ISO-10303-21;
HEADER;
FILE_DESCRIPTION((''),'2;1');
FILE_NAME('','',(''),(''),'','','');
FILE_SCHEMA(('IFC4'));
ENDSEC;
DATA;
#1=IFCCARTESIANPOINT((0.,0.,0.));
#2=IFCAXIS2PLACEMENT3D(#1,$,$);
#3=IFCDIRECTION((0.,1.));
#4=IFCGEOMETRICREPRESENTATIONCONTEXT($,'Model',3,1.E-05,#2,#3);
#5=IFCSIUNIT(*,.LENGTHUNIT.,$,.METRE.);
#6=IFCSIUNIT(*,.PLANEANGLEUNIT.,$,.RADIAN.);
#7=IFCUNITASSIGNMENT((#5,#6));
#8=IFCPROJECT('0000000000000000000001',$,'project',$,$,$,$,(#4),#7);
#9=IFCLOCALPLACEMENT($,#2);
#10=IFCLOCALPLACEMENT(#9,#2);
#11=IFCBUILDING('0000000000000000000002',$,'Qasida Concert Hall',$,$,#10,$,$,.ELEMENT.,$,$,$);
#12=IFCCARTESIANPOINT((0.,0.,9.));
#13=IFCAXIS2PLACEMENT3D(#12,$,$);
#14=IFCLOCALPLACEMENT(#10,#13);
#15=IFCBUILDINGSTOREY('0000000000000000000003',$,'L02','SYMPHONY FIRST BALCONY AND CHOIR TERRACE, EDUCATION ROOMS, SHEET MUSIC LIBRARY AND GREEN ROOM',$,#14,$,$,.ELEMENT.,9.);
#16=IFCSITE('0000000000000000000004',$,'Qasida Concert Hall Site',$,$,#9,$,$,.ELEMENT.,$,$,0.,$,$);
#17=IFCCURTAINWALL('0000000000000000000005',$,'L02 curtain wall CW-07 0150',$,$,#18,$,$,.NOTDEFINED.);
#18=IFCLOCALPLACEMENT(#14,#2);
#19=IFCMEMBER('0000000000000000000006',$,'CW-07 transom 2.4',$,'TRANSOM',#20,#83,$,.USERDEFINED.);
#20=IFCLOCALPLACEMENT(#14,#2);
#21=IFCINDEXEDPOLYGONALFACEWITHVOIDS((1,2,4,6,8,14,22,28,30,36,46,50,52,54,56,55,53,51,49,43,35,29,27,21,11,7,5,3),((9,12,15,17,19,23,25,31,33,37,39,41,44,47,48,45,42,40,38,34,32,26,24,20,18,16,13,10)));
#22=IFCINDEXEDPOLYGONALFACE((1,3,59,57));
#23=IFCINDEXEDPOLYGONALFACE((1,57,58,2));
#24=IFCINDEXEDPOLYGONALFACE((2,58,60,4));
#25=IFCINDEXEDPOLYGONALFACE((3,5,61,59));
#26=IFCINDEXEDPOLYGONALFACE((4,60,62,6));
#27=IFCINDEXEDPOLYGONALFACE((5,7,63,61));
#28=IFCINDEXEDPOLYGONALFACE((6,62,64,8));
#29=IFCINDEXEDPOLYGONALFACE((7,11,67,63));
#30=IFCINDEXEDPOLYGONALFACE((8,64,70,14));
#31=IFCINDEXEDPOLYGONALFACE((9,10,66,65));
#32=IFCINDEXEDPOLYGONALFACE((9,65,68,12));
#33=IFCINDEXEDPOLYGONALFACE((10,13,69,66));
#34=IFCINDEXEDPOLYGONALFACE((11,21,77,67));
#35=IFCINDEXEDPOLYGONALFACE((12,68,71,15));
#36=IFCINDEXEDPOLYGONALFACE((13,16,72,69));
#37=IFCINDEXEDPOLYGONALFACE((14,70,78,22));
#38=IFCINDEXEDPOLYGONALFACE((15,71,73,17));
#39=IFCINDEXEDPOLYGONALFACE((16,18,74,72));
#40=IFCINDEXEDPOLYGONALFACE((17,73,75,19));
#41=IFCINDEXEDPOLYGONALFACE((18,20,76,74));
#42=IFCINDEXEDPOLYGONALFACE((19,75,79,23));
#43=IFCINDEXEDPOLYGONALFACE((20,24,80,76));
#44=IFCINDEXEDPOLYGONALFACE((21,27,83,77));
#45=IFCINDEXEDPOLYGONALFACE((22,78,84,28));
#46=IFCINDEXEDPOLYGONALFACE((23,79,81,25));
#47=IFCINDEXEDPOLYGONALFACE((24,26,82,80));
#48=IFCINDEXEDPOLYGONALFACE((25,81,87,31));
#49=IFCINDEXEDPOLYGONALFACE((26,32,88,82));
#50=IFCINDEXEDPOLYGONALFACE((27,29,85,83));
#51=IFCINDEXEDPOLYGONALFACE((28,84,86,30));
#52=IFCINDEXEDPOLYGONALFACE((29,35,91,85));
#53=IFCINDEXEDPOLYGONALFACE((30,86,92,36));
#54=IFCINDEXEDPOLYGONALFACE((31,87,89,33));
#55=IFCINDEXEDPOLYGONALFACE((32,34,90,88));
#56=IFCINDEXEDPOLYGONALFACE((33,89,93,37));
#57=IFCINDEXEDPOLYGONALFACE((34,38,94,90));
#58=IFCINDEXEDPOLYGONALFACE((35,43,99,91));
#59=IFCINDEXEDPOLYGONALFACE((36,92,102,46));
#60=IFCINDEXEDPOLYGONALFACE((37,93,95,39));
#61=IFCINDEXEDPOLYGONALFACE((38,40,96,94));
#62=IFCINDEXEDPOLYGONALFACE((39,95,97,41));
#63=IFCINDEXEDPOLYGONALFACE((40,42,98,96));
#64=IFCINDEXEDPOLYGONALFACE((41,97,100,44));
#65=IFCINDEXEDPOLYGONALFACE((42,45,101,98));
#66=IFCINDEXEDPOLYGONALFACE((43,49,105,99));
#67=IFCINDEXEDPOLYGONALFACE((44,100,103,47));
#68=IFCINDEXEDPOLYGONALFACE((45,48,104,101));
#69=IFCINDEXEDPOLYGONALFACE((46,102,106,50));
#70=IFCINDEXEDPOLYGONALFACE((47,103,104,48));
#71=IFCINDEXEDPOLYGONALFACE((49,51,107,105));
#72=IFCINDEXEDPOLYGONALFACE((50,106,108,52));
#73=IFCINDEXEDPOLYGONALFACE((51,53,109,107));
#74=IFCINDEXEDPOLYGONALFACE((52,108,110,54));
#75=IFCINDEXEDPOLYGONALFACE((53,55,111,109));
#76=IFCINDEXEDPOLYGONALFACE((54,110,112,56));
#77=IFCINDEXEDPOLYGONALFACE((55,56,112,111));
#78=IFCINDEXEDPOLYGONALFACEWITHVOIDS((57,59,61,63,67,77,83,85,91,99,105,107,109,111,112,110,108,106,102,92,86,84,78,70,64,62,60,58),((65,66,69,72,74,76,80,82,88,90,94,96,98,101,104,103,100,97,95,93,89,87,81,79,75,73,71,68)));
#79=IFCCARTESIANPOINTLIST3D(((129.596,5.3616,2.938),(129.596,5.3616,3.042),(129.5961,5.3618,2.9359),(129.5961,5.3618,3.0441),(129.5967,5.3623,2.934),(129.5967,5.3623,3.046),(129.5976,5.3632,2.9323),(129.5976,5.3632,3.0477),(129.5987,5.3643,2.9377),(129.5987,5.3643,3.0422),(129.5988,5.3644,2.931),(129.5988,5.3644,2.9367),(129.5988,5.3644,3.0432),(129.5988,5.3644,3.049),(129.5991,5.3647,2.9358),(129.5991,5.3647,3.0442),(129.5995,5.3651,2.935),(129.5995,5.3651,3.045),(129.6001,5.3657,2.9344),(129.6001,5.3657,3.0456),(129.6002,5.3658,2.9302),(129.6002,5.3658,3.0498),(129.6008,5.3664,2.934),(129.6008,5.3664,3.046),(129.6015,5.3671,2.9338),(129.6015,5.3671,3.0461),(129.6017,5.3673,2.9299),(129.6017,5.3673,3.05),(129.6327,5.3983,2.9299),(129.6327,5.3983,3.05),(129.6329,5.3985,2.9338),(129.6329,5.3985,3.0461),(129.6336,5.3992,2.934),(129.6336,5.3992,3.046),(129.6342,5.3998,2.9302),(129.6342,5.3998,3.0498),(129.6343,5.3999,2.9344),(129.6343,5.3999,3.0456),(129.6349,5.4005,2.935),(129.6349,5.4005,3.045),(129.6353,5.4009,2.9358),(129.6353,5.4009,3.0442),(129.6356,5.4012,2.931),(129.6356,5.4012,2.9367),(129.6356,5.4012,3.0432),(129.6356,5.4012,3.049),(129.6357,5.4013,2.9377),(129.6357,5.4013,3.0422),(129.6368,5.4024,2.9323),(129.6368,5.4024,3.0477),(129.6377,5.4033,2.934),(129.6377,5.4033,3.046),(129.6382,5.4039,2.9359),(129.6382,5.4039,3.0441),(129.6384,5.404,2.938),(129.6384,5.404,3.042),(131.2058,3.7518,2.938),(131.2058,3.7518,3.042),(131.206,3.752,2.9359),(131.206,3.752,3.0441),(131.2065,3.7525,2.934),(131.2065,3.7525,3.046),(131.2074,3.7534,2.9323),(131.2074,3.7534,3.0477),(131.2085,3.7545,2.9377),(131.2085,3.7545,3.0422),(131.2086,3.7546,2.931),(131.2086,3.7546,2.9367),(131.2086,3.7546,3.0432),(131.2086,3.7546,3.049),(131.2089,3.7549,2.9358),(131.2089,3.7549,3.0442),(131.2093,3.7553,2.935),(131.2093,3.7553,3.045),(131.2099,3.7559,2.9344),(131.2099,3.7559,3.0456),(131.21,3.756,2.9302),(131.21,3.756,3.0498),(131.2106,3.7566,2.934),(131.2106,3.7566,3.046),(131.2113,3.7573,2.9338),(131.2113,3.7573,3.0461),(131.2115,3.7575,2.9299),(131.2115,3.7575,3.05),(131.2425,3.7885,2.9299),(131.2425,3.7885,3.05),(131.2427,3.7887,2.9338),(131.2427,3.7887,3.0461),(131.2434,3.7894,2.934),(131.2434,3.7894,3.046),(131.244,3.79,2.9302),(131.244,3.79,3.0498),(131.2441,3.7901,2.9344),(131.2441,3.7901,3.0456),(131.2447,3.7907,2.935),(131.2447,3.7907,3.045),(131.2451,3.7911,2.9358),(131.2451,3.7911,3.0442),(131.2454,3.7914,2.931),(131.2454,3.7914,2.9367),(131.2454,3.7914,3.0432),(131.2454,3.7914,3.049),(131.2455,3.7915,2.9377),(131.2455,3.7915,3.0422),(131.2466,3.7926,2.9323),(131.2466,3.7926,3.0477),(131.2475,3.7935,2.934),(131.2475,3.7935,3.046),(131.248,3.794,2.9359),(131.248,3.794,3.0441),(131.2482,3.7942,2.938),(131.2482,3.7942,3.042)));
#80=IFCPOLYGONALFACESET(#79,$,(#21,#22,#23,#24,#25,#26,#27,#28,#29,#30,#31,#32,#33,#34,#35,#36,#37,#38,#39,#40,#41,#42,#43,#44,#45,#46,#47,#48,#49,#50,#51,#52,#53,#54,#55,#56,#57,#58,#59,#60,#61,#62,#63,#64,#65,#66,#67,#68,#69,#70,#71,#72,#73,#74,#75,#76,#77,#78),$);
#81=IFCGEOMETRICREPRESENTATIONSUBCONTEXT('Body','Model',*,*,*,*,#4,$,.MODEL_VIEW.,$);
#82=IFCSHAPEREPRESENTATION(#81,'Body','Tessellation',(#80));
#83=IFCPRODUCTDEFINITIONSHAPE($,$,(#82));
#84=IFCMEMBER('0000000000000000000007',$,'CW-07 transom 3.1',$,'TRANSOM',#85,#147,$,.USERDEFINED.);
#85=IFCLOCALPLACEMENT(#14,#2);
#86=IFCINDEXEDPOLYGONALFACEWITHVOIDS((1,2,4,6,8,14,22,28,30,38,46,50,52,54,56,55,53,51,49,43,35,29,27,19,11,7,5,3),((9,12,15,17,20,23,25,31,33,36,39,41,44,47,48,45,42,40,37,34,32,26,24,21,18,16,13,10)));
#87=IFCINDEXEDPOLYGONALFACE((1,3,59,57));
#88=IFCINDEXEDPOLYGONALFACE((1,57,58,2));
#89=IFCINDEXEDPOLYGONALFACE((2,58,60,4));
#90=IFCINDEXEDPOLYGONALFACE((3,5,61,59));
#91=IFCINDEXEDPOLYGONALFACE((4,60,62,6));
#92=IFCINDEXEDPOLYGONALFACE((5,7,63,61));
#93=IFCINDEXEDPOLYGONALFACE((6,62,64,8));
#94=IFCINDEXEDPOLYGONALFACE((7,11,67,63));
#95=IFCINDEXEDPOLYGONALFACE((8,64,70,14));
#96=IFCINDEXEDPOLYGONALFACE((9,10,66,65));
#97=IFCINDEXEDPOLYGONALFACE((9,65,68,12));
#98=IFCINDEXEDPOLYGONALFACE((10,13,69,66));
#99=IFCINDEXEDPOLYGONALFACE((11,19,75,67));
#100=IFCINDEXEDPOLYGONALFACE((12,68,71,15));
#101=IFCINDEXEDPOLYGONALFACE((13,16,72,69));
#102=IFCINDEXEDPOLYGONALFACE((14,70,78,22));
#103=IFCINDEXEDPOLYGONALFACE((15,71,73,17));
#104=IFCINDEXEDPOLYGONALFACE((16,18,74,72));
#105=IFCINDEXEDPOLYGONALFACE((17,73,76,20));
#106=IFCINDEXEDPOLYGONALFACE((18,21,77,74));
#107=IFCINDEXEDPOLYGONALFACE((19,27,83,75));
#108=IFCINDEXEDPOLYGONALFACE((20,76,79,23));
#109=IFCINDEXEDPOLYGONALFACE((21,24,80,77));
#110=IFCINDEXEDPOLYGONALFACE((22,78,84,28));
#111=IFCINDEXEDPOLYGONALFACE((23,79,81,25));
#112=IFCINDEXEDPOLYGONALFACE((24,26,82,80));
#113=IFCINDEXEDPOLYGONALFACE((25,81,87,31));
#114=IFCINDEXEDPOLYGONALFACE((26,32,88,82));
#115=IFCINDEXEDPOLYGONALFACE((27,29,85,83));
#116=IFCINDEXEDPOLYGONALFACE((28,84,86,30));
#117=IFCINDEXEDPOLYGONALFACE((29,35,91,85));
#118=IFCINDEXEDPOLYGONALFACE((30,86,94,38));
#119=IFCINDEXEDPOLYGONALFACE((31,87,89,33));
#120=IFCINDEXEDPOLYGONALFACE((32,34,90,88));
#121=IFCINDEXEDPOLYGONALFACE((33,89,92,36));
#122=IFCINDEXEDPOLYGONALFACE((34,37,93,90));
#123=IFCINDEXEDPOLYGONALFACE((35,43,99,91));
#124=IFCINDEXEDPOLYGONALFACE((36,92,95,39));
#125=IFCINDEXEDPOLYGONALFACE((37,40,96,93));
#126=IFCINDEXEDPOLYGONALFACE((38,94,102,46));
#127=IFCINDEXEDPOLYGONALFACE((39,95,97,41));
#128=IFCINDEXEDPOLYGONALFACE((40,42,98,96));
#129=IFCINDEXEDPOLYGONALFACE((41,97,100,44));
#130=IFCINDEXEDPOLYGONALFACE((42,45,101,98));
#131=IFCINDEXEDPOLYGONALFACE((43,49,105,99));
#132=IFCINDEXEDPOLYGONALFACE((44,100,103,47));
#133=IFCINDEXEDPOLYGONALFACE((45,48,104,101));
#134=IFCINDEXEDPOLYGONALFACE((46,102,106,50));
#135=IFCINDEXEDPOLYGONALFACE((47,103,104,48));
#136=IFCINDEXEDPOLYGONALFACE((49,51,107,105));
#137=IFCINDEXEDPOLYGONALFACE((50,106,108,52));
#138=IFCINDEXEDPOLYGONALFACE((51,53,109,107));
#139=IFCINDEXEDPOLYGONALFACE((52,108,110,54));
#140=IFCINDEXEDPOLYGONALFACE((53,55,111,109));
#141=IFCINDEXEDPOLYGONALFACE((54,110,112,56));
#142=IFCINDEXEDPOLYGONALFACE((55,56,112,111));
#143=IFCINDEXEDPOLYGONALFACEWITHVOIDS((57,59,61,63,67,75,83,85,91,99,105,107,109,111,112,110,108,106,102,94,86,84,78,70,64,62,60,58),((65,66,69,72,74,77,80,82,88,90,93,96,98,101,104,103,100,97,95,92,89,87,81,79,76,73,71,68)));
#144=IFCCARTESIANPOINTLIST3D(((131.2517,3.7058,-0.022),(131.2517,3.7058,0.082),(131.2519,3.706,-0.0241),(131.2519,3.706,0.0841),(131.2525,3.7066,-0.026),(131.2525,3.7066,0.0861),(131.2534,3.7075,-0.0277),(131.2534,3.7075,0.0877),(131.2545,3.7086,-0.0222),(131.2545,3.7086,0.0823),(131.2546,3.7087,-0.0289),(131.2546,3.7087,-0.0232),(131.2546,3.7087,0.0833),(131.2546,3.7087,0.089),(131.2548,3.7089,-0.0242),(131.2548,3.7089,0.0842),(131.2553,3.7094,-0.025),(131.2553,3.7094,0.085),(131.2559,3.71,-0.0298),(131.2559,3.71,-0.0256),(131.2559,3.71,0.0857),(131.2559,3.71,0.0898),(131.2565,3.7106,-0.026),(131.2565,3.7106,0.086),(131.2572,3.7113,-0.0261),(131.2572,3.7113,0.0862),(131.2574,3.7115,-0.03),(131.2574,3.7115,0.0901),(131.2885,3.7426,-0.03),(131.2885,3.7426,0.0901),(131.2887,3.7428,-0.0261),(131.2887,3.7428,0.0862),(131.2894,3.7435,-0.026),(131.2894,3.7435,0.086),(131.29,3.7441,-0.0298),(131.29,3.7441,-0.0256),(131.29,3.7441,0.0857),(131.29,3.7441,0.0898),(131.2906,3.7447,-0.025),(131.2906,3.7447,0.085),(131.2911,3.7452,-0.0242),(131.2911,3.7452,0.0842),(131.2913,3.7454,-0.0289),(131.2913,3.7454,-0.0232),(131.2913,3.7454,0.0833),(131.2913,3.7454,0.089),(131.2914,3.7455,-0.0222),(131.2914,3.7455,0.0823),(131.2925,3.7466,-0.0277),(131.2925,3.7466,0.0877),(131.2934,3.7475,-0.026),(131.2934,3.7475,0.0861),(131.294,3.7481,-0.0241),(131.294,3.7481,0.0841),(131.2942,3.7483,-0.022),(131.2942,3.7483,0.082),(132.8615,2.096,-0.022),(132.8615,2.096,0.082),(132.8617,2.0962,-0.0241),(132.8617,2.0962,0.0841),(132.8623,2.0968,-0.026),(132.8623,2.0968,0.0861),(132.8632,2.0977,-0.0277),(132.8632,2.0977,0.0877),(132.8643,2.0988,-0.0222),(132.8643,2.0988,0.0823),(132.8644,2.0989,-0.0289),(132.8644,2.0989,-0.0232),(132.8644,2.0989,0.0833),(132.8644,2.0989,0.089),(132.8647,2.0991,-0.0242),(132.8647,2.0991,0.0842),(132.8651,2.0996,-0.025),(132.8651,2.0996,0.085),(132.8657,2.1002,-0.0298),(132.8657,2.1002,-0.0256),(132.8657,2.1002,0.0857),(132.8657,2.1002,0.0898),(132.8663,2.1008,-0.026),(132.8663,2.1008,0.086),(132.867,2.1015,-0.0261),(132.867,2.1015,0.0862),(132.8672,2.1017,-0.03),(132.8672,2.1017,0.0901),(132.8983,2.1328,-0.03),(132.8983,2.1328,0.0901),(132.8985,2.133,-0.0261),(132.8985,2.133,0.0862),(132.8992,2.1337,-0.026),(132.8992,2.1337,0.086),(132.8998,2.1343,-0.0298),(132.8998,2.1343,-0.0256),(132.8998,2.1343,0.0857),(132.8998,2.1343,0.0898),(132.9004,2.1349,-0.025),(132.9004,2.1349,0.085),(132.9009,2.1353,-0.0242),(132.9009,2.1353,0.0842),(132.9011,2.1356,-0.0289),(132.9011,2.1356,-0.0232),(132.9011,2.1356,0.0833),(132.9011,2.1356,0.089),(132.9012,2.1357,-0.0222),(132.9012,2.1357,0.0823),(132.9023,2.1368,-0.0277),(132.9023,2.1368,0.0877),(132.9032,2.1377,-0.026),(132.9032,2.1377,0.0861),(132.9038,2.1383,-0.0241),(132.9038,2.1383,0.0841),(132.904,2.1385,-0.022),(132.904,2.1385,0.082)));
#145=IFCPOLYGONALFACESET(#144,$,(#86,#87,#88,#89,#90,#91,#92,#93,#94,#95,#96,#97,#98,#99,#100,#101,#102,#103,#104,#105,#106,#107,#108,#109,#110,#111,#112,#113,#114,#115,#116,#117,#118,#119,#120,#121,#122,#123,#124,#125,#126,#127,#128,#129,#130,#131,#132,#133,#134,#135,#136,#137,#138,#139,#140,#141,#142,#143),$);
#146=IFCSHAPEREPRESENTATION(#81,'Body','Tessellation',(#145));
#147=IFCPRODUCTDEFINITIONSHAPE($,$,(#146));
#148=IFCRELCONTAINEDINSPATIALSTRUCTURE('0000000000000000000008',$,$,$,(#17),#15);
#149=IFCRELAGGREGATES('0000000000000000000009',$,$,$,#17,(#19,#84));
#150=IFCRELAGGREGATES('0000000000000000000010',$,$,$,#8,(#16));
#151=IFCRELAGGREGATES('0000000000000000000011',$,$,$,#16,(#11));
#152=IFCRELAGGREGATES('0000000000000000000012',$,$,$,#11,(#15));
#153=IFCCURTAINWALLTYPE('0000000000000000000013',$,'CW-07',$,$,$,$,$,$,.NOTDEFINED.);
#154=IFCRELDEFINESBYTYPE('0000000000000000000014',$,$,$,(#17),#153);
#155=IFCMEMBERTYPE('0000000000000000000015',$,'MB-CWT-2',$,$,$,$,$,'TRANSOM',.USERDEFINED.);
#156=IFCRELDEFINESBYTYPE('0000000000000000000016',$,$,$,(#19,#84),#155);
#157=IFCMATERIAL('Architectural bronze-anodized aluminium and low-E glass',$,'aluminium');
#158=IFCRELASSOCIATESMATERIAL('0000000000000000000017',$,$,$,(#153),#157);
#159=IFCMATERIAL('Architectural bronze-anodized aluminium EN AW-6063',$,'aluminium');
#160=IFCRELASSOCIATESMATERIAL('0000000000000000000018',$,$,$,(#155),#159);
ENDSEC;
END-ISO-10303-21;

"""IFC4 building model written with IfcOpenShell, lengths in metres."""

from ifc_helpers import new_model, si_unit, direction, frame, origin, origin_2d, place, context, subcontext, project, spatial, hollow_rectangle, extrude, material, material_profile, profile_set, type_object, element, aggregate, save


model = new_model("IFC4")

# Units and contexts
model_context = context("Model", 3, precision=1e-05, world=origin(), true_north=direction((0.0, 1.0)))
body_context = subcontext(model_context, "Body", "Model", "MODEL_VIEW")
ifc_project = project(units=[si_unit("LENGTHUNIT", "METRE"), si_unit("PLANEANGLEUNIT", "RADIAN")], contexts=[model_context])

# Site, building, storey
site_placement = place(None, origin())
site = spatial("IfcSite", under=ifc_project, at=site_placement, Name="Qasida Concert Hall Site", CompositionType="ELEMENT", RefElevation=0.0)
building_placement = place(site_placement, origin())
building = spatial("IfcBuilding", under=site, at=building_placement, Name="Qasida Concert Hall", CompositionType="ELEMENT")
storey_placement = place(building_placement, frame((0.0, 0.0, 9.0)))
storey = spatial("IfcBuildingStorey", under=building, at=storey_placement, Name="L02", Description="SYMPHONY FIRST BALCONY AND CHOIR TERRACE, EDUCATION ROOMS, SHEET MUSIC LIBRARY AND GREEN ROOM", CompositionType="ELEMENT", Elevation=9.0)

# Shared definitions
ifc_material_1 = material(Name="Architectural bronze-anodized aluminium and low-E glass", Category="aluminium")
curtain_wall_type = type_object("IfcCurtainWallType", Name="CW-07", PredefinedType="NOTDEFINED", material=ifc_material_1)
ifc_material_2 = material(Name="Architectural bronze-anodized aluminium EN AW-6063", Category="aluminium")

# Curtain wall
curtain_wall_1_placement = place(storey_placement, origin())
curtain_wall_1 = element("IfcCurtainWall", 1, at=curtain_wall_1_placement, inside=storey, type_object=curtain_wall_type, Name="L02 curtain wall CW-07 0150", PredefinedType="NOTDEFINED")

# Members
ifc_material_profile_1 = material_profile(ifc_material_2, hollow_rectangle(XDim=0.0601, YDim=0.1201, WallThickness=0.0039, InnerFilletRadius=0.0039, OuterFilletRadius=0.0081, at=origin_2d()), Name="CWT 120x60x4")
ifc_profile_set_1 = profile_set([ifc_material_profile_1], Name="Architectural bronze-anodized aluminium EN AW-6063")
member_type_1 = type_object("IfcMemberType", Name="MB-CWT-2", ElementType="TRANSOM", PredefinedType="USERDEFINED", material=ifc_profile_set_1)
member_1_placement = place(storey_placement, frame((129.6172, 5.3828, 2.99), z_axis=(0.707107, -0.707107, 0.0), x_axis=(0.707107, 0.707107, 0.0)))
member_1 = element("IfcMember", 2, at=member_1_placement, type_object=member_type_1, Name="CW-07 transom 2.4", ObjectType="TRANSOM", PredefinedType="USERDEFINED", context=body_context, shape_type="SweptSolid", body=[
    extrude(hollow_rectangle(XDim=0.0601, YDim=0.1201, WallThickness=0.0039, InnerFilletRadius=0.0039, OuterFilletRadius=0.0081, at=origin_2d()), origin(), (0.0, 0.0, 1.0), 2.2766),
])
member_2_placement = place(storey_placement, frame((131.2729, 3.7271, 0.03), z_axis=(0.707107, -0.707107, 0.0), x_axis=(0.707107, 0.707107, 0.0)))
member_2 = element("IfcMember", 3, at=member_2_placement, type_object=member_type_1, Name="CW-07 transom 3.1", ObjectType="TRANSOM", PredefinedType="USERDEFINED", context=body_context, shape_type="SweptSolid", body=[
    extrude(hollow_rectangle(XDim=0.0601, YDim=0.1201, WallThickness=0.0039, InnerFilletRadius=0.0039, OuterFilletRadius=0.0081, at=origin_2d()), origin(), (0.0, 0.0, 1.0), 2.2766),
])

aggregate(curtain_wall_1, [member_1, member_2])

save(model, "model.ifc")
